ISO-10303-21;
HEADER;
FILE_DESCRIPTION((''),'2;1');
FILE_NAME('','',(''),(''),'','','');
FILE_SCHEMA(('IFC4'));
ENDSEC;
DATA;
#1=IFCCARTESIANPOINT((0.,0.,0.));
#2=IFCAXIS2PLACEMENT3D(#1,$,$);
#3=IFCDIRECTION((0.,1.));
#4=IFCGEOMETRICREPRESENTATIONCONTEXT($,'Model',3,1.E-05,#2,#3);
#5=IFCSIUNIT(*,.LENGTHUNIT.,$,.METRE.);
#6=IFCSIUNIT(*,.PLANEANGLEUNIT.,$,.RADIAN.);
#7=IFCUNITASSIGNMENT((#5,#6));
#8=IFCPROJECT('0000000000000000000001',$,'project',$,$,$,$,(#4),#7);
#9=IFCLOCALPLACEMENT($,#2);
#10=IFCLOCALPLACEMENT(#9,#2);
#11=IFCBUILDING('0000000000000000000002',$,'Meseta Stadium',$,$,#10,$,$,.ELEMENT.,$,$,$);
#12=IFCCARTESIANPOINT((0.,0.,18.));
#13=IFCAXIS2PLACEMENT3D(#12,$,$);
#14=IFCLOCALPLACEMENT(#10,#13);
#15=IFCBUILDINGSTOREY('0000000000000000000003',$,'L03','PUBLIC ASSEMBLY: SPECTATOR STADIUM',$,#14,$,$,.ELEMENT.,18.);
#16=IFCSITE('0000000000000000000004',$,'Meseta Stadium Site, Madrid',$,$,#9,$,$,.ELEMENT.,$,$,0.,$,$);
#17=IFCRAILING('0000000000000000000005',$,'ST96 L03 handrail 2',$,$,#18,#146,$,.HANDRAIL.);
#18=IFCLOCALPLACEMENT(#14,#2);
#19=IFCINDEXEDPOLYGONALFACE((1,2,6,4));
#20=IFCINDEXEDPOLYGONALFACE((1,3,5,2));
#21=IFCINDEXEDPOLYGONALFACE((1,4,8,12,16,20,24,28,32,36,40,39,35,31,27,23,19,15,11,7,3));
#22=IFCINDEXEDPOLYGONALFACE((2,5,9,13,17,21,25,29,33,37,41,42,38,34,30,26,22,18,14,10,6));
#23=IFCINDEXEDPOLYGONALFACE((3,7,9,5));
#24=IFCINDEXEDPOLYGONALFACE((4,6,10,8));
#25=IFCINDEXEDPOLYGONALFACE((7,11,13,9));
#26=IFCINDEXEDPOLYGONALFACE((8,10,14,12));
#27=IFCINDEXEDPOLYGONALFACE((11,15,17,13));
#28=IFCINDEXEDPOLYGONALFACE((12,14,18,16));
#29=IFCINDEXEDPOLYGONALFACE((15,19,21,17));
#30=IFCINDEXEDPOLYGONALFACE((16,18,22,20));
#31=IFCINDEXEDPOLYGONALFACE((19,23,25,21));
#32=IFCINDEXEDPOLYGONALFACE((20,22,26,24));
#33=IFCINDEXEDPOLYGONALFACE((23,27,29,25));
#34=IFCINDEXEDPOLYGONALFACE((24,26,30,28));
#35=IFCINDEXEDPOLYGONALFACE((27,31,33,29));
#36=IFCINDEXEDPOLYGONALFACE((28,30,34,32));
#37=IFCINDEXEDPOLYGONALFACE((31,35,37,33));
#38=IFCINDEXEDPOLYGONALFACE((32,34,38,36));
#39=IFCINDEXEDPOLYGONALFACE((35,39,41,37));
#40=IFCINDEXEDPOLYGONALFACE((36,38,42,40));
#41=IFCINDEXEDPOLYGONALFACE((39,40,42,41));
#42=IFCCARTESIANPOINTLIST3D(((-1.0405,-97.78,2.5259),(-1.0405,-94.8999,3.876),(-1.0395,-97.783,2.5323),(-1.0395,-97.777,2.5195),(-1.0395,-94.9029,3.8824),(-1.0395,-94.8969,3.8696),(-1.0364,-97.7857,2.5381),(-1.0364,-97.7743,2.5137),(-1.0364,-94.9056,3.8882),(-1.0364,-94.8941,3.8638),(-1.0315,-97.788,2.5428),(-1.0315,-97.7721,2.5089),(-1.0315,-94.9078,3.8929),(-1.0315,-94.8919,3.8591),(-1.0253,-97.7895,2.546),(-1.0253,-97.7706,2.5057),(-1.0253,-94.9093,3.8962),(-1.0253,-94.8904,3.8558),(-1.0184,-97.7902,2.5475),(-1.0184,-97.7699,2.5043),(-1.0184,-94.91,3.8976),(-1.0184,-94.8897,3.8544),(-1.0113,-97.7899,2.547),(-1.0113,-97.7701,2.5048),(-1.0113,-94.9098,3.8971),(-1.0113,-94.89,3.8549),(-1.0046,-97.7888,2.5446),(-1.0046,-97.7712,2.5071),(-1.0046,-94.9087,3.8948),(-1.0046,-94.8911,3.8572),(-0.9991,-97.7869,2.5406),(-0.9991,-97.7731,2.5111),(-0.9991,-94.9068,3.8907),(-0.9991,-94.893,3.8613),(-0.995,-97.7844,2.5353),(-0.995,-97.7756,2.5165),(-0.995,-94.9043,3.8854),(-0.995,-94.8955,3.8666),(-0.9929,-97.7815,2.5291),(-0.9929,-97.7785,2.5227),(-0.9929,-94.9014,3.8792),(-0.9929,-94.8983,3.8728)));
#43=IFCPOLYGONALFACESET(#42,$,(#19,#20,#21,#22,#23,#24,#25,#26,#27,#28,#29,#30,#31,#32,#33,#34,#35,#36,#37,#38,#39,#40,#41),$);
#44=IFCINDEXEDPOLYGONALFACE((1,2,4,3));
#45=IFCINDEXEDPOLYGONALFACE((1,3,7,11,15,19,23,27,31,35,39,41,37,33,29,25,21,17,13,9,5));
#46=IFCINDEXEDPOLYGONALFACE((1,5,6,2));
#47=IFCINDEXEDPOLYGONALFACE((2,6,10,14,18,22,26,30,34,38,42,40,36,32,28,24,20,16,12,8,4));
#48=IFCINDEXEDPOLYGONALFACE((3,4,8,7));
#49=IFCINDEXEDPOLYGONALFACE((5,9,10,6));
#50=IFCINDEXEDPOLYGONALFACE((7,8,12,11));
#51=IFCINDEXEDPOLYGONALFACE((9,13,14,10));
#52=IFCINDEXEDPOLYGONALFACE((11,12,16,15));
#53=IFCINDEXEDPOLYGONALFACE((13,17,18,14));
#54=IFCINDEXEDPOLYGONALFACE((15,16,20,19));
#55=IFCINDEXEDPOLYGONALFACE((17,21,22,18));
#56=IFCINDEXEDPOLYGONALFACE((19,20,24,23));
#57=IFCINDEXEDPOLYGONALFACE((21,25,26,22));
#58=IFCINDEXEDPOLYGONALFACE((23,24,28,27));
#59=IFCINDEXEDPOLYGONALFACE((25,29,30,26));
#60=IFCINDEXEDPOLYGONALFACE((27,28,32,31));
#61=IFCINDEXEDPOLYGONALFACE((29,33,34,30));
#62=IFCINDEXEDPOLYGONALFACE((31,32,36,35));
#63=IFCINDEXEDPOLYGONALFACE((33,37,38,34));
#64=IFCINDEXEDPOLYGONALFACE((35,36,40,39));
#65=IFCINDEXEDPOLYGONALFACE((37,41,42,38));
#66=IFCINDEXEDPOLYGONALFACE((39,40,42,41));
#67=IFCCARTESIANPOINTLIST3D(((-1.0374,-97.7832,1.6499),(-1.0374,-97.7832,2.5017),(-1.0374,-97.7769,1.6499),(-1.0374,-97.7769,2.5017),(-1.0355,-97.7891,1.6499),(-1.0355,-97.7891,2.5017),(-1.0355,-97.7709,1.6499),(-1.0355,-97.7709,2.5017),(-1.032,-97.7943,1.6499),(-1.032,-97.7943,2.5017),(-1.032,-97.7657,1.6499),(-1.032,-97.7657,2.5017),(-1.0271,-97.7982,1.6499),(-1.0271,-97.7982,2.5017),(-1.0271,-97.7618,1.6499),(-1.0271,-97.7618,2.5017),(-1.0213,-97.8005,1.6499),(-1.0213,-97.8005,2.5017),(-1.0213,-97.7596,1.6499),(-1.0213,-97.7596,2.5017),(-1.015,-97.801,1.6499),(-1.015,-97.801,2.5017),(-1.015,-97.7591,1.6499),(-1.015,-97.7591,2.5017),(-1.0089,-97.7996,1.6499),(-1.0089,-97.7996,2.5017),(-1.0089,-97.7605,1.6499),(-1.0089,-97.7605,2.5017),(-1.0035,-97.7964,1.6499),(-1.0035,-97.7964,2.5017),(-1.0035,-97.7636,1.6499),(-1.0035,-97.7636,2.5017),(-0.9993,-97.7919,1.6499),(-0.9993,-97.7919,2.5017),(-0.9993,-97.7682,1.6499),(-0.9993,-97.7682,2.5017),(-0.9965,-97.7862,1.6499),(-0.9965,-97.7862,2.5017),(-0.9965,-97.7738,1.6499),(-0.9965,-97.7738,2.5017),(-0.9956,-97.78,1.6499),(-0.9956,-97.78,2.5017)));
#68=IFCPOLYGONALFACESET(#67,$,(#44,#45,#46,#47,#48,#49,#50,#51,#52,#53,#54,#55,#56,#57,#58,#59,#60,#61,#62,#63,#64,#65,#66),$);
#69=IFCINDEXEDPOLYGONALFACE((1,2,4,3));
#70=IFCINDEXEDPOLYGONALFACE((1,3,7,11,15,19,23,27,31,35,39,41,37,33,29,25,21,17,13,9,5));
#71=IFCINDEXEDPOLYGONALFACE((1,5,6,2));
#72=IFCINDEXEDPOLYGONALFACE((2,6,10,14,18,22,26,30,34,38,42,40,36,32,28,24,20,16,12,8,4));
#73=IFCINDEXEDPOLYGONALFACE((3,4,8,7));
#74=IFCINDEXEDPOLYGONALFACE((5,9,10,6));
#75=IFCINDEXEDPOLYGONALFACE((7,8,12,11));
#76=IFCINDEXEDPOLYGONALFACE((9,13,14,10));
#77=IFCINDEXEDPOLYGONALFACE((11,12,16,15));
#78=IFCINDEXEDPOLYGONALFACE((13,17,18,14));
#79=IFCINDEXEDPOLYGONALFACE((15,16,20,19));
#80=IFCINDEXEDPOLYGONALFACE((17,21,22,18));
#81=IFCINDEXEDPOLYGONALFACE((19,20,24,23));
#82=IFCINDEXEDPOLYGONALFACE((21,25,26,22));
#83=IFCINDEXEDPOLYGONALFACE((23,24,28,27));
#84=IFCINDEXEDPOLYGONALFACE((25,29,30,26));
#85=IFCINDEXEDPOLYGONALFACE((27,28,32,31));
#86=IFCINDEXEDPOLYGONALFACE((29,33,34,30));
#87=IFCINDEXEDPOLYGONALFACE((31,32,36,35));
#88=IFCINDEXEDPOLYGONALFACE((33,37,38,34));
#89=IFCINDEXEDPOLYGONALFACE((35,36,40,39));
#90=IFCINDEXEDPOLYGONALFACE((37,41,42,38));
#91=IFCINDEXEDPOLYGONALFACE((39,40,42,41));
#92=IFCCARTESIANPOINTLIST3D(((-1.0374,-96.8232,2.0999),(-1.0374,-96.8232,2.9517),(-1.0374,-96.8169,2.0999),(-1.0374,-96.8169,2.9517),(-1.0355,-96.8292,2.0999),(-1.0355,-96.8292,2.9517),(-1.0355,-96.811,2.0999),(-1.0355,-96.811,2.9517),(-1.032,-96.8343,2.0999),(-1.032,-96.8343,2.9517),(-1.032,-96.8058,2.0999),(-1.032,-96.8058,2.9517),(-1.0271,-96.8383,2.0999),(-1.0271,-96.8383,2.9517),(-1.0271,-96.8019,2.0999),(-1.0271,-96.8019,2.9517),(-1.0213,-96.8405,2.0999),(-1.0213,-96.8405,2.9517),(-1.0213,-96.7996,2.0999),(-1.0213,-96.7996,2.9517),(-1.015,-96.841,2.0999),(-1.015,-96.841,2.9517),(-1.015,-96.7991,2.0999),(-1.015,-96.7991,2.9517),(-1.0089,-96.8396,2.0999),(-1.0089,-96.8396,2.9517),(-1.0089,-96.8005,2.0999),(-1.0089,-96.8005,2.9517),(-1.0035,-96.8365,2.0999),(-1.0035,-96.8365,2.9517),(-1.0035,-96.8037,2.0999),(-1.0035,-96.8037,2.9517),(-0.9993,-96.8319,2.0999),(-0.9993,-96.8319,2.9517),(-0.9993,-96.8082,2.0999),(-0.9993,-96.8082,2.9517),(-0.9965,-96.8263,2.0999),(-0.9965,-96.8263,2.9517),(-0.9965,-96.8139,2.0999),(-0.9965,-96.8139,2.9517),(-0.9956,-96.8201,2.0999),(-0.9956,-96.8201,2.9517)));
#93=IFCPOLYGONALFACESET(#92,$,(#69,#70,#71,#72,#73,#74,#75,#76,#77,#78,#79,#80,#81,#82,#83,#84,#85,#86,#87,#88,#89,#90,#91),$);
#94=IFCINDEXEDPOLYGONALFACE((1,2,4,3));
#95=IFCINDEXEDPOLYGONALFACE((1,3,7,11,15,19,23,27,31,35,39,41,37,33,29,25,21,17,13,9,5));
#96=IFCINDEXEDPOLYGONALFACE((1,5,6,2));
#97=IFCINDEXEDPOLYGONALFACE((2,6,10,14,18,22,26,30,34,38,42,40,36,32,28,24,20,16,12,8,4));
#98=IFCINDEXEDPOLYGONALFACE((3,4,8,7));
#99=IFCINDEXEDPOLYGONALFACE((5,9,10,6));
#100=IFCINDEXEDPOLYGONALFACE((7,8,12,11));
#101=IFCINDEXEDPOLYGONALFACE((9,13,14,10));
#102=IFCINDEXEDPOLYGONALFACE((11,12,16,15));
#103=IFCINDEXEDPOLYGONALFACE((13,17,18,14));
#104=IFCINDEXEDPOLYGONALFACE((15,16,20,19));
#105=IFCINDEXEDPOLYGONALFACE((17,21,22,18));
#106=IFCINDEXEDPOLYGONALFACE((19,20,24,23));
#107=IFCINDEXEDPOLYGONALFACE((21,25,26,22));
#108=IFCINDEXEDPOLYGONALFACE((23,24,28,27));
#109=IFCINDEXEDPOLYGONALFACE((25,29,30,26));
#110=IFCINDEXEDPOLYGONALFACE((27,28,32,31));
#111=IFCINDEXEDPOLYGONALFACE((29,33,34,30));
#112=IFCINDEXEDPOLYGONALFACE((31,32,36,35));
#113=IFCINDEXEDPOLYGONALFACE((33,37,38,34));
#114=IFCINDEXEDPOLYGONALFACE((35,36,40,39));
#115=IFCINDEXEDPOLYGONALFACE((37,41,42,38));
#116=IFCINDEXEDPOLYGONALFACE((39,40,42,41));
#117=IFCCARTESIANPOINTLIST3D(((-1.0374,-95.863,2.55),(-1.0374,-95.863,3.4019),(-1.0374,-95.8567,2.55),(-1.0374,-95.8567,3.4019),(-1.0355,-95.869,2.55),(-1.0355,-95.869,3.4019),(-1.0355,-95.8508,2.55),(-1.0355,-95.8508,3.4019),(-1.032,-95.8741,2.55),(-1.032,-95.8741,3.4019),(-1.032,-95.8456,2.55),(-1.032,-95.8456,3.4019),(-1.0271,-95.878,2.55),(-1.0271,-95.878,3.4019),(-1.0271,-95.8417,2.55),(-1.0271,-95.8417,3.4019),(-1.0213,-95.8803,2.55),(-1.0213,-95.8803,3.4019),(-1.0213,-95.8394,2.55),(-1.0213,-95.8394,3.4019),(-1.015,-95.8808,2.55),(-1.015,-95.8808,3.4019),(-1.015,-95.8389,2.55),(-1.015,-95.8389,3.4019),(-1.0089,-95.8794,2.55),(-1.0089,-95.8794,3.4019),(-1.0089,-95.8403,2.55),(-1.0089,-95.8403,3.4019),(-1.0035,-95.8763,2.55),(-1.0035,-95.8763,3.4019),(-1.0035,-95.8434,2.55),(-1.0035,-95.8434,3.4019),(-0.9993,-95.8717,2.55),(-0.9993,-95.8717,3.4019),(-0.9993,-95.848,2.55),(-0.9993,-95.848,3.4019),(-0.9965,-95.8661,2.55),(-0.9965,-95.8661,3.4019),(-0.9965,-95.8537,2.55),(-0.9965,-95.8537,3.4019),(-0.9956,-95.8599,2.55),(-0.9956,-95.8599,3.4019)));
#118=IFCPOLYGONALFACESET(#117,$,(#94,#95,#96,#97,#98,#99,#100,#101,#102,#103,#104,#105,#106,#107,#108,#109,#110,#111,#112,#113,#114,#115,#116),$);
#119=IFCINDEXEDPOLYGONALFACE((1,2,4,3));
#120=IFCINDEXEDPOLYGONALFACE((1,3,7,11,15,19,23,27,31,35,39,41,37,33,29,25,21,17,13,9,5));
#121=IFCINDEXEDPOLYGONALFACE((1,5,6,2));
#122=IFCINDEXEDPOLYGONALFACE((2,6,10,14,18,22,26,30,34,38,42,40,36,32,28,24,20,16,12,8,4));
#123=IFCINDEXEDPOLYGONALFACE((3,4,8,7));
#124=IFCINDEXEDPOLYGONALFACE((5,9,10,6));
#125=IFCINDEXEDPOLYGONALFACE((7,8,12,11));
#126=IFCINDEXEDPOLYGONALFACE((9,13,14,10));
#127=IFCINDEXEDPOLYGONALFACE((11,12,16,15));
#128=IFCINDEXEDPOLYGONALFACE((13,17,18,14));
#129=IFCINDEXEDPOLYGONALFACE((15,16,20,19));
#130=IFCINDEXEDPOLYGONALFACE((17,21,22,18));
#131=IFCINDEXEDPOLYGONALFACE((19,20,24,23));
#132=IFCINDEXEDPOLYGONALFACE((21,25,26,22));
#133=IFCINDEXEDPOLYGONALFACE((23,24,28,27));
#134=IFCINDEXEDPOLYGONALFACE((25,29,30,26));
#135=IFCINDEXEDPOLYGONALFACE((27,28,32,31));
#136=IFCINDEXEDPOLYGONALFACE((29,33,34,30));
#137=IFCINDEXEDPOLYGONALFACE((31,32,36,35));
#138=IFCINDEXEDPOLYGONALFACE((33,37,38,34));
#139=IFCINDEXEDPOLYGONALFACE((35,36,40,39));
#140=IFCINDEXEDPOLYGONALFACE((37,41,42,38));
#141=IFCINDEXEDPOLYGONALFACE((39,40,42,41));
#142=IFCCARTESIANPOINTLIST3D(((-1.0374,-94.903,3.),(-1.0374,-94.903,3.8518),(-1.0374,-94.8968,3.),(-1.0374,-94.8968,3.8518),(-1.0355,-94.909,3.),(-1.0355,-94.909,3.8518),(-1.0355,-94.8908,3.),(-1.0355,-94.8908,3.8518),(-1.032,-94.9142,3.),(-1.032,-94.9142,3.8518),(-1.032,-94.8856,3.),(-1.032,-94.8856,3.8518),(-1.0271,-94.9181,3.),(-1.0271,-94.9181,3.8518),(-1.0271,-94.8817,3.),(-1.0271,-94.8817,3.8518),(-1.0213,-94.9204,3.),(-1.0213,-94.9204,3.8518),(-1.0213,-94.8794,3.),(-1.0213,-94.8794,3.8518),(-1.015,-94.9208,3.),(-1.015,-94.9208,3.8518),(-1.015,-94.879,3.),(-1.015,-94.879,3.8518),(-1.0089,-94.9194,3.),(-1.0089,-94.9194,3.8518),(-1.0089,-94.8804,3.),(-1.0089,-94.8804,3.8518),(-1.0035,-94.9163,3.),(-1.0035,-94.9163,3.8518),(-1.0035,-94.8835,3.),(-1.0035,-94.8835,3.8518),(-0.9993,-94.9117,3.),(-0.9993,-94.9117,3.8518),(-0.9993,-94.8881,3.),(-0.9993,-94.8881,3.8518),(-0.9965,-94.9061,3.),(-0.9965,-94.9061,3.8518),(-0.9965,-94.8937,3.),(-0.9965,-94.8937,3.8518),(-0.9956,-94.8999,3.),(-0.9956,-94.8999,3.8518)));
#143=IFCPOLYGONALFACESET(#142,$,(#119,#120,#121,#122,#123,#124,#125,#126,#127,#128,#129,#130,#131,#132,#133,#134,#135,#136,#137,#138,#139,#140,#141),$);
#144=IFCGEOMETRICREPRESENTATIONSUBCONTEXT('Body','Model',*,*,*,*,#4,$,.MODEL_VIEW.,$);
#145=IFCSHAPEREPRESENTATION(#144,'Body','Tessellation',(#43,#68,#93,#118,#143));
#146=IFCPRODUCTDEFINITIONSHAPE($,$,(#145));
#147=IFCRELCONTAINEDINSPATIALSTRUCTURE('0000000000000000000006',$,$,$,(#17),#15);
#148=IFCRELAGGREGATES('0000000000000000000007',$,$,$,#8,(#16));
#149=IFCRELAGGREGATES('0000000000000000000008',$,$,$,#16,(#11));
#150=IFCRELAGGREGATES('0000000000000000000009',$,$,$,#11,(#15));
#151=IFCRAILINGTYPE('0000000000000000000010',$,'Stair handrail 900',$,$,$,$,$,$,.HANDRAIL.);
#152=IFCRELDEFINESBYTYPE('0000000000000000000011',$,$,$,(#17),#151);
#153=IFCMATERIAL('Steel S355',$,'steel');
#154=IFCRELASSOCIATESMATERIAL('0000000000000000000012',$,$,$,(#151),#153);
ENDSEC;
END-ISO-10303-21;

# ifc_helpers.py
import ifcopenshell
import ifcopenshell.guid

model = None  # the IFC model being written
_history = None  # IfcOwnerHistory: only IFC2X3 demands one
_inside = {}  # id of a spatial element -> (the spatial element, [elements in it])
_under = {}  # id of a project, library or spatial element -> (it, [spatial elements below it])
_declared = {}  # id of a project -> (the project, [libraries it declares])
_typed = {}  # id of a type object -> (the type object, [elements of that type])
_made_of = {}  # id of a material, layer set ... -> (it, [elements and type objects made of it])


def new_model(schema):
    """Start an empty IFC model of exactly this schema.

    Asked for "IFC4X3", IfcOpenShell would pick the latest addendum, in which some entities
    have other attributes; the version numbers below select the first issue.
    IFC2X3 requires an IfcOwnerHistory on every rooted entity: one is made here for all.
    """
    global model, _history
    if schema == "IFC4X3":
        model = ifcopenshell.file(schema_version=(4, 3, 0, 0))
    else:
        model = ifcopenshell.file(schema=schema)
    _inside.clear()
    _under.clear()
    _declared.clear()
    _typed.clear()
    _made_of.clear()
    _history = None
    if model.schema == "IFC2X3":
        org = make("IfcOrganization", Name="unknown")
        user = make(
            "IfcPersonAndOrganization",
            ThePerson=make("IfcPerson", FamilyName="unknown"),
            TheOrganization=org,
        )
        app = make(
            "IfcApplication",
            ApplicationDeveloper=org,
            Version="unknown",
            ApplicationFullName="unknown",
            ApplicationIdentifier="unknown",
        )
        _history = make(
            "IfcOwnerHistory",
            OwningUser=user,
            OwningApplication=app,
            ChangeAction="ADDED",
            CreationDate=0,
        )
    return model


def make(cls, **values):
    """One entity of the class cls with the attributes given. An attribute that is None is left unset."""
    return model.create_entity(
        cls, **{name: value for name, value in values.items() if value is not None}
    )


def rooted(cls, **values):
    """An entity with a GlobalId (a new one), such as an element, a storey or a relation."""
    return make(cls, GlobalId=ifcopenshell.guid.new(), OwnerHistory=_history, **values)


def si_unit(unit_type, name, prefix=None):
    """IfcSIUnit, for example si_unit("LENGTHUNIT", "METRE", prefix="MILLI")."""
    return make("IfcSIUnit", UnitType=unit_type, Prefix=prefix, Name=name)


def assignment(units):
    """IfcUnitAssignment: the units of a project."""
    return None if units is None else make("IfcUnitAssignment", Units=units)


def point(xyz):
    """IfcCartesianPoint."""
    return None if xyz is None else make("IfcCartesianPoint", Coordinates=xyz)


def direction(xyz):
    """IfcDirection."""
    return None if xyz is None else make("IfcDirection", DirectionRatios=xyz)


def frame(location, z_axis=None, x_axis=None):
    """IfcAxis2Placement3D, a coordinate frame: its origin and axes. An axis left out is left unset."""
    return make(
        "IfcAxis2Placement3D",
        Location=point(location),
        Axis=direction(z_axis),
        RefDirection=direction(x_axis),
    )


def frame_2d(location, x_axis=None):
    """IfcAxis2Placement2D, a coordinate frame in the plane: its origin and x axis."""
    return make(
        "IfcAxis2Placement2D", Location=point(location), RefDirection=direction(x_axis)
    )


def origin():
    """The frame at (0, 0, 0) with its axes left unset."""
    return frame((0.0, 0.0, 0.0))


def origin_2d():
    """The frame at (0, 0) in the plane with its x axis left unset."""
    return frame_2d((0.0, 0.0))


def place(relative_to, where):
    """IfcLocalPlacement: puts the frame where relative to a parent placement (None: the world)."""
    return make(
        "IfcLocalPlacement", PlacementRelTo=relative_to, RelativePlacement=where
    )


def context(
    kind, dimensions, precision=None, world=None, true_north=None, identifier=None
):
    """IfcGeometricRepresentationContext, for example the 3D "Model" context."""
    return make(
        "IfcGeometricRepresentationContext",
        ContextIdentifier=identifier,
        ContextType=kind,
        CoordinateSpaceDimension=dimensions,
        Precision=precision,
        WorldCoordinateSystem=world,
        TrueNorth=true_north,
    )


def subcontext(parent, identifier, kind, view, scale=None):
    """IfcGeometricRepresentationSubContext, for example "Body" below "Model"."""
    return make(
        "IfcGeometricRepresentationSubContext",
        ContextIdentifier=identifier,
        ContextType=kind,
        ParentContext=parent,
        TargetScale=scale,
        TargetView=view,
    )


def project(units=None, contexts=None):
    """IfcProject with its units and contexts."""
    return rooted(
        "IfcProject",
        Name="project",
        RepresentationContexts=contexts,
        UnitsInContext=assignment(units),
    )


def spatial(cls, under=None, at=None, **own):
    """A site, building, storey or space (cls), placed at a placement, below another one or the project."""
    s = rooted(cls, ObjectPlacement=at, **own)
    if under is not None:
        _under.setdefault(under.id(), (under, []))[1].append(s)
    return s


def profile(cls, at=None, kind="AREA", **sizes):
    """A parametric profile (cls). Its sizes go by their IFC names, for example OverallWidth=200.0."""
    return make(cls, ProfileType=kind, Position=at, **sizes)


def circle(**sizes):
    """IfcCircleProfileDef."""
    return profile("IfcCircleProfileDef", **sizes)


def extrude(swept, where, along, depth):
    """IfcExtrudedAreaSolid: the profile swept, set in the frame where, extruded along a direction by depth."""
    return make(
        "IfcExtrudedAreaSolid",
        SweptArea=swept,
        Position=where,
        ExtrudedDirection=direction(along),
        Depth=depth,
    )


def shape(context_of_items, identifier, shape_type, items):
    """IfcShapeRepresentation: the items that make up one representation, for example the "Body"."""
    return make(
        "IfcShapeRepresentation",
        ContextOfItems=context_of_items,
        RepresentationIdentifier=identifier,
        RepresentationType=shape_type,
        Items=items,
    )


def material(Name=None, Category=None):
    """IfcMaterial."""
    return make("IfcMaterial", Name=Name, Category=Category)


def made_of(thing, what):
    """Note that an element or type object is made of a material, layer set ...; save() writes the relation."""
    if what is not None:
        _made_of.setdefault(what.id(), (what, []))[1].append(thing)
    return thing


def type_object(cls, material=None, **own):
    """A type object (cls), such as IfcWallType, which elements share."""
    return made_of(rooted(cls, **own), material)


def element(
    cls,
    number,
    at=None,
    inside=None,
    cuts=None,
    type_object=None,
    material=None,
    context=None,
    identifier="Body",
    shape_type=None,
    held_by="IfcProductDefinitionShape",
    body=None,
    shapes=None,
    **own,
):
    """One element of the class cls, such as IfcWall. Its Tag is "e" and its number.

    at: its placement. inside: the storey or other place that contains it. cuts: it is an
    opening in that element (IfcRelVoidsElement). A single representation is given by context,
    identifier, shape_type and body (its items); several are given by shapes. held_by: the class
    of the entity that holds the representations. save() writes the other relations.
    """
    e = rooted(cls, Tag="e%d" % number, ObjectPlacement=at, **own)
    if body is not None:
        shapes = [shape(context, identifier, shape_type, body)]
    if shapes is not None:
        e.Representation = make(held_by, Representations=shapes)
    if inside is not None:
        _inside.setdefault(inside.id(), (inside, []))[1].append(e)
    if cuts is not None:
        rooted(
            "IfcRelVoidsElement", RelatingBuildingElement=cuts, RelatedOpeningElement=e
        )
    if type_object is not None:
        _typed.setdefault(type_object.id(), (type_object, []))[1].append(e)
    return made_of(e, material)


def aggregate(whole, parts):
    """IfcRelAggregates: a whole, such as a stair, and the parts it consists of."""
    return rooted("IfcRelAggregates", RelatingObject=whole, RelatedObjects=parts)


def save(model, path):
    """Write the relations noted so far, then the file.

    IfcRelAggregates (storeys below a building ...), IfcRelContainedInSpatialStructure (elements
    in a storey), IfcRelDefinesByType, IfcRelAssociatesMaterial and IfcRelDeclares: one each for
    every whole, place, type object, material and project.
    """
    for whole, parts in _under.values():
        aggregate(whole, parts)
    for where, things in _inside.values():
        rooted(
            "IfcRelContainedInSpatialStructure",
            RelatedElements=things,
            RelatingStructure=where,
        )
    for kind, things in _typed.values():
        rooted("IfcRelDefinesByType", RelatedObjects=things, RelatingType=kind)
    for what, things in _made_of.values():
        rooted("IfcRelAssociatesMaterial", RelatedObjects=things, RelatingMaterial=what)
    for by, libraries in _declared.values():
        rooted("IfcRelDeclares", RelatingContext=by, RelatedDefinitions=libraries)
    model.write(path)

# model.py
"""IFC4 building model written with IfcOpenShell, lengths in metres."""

from ifc_helpers import new_model, si_unit, direction, frame, origin, origin_2d, place, context, subcontext, project, spatial, circle, extrude, material, type_object, element, save


model = new_model("IFC4")

# Units and contexts
model_context = context("Model", 3, precision=1e-05, world=origin(), true_north=direction((0.0, 1.0)))
body_context = subcontext(model_context, "Body", "Model", "MODEL_VIEW")
ifc_project = project(units=[si_unit("LENGTHUNIT", "METRE"), si_unit("PLANEANGLEUNIT", "RADIAN")], contexts=[model_context])

# Site, building, storey
site_placement = place(None, origin())
site = spatial("IfcSite", under=ifc_project, at=site_placement, Name="Meseta Stadium Site, Madrid", CompositionType="ELEMENT", RefElevation=0.0)
building_placement = place(site_placement, origin())
building = spatial("IfcBuilding", under=site, at=building_placement, Name="Meseta Stadium", CompositionType="ELEMENT")
storey_placement = place(building_placement, frame((0.0, 0.0, 18.0)))
storey = spatial("IfcBuildingStorey", under=building, at=storey_placement, Name="L03", Description="PUBLIC ASSEMBLY: SPECTATOR STADIUM", CompositionType="ELEMENT", Elevation=18.0)

# Railing
ifc_material_1 = material(Name="Steel S355", Category="steel")
railing_type_1 = type_object("IfcRailingType", Name="Stair handrail 900", PredefinedType="HANDRAIL", material=ifc_material_1)
for number, where, name in (
    (1, (-1.0166, -97.78, 1.6499), "ST96 L03 handrail 2"),
):
    element("IfcRailing", number, at=place(storey_placement, frame(where)), inside=storey, type_object=railing_type_1, Name=name, PredefinedType="HANDRAIL", context=body_context, shape_type="SweptSolid", body=[
        extrude(circle(Radius=0.0239, at=origin_2d()), frame((0.0, 0.0, 0.876), z_axis=(0.0, 0.905454, 0.424444), x_axis=(-1.0, 0.0, 0.0)), (0.0, 0.0, 1.0), 3.1809),
        extrude(circle(Radius=0.021, at=origin_2d()), origin(), (0.0, 0.0, 1.0), 0.8518),
        extrude(circle(Radius=0.021, at=origin_2d()), frame((0.0, 0.96, 0.45)), (0.0, 0.0, 1.0), 0.8518),
        extrude(circle(Radius=0.021, at=origin_2d()), frame((0.0, 1.9202, 0.9001)), (0.0, 0.0, 1.0), 0.8518),
        extrude(circle(Radius=0.021, at=origin_2d()), frame((0.0, 2.8801, 1.3501)), (0.0, 0.0, 1.0), 0.8518),
    ])

save(model, "model.ifc")
